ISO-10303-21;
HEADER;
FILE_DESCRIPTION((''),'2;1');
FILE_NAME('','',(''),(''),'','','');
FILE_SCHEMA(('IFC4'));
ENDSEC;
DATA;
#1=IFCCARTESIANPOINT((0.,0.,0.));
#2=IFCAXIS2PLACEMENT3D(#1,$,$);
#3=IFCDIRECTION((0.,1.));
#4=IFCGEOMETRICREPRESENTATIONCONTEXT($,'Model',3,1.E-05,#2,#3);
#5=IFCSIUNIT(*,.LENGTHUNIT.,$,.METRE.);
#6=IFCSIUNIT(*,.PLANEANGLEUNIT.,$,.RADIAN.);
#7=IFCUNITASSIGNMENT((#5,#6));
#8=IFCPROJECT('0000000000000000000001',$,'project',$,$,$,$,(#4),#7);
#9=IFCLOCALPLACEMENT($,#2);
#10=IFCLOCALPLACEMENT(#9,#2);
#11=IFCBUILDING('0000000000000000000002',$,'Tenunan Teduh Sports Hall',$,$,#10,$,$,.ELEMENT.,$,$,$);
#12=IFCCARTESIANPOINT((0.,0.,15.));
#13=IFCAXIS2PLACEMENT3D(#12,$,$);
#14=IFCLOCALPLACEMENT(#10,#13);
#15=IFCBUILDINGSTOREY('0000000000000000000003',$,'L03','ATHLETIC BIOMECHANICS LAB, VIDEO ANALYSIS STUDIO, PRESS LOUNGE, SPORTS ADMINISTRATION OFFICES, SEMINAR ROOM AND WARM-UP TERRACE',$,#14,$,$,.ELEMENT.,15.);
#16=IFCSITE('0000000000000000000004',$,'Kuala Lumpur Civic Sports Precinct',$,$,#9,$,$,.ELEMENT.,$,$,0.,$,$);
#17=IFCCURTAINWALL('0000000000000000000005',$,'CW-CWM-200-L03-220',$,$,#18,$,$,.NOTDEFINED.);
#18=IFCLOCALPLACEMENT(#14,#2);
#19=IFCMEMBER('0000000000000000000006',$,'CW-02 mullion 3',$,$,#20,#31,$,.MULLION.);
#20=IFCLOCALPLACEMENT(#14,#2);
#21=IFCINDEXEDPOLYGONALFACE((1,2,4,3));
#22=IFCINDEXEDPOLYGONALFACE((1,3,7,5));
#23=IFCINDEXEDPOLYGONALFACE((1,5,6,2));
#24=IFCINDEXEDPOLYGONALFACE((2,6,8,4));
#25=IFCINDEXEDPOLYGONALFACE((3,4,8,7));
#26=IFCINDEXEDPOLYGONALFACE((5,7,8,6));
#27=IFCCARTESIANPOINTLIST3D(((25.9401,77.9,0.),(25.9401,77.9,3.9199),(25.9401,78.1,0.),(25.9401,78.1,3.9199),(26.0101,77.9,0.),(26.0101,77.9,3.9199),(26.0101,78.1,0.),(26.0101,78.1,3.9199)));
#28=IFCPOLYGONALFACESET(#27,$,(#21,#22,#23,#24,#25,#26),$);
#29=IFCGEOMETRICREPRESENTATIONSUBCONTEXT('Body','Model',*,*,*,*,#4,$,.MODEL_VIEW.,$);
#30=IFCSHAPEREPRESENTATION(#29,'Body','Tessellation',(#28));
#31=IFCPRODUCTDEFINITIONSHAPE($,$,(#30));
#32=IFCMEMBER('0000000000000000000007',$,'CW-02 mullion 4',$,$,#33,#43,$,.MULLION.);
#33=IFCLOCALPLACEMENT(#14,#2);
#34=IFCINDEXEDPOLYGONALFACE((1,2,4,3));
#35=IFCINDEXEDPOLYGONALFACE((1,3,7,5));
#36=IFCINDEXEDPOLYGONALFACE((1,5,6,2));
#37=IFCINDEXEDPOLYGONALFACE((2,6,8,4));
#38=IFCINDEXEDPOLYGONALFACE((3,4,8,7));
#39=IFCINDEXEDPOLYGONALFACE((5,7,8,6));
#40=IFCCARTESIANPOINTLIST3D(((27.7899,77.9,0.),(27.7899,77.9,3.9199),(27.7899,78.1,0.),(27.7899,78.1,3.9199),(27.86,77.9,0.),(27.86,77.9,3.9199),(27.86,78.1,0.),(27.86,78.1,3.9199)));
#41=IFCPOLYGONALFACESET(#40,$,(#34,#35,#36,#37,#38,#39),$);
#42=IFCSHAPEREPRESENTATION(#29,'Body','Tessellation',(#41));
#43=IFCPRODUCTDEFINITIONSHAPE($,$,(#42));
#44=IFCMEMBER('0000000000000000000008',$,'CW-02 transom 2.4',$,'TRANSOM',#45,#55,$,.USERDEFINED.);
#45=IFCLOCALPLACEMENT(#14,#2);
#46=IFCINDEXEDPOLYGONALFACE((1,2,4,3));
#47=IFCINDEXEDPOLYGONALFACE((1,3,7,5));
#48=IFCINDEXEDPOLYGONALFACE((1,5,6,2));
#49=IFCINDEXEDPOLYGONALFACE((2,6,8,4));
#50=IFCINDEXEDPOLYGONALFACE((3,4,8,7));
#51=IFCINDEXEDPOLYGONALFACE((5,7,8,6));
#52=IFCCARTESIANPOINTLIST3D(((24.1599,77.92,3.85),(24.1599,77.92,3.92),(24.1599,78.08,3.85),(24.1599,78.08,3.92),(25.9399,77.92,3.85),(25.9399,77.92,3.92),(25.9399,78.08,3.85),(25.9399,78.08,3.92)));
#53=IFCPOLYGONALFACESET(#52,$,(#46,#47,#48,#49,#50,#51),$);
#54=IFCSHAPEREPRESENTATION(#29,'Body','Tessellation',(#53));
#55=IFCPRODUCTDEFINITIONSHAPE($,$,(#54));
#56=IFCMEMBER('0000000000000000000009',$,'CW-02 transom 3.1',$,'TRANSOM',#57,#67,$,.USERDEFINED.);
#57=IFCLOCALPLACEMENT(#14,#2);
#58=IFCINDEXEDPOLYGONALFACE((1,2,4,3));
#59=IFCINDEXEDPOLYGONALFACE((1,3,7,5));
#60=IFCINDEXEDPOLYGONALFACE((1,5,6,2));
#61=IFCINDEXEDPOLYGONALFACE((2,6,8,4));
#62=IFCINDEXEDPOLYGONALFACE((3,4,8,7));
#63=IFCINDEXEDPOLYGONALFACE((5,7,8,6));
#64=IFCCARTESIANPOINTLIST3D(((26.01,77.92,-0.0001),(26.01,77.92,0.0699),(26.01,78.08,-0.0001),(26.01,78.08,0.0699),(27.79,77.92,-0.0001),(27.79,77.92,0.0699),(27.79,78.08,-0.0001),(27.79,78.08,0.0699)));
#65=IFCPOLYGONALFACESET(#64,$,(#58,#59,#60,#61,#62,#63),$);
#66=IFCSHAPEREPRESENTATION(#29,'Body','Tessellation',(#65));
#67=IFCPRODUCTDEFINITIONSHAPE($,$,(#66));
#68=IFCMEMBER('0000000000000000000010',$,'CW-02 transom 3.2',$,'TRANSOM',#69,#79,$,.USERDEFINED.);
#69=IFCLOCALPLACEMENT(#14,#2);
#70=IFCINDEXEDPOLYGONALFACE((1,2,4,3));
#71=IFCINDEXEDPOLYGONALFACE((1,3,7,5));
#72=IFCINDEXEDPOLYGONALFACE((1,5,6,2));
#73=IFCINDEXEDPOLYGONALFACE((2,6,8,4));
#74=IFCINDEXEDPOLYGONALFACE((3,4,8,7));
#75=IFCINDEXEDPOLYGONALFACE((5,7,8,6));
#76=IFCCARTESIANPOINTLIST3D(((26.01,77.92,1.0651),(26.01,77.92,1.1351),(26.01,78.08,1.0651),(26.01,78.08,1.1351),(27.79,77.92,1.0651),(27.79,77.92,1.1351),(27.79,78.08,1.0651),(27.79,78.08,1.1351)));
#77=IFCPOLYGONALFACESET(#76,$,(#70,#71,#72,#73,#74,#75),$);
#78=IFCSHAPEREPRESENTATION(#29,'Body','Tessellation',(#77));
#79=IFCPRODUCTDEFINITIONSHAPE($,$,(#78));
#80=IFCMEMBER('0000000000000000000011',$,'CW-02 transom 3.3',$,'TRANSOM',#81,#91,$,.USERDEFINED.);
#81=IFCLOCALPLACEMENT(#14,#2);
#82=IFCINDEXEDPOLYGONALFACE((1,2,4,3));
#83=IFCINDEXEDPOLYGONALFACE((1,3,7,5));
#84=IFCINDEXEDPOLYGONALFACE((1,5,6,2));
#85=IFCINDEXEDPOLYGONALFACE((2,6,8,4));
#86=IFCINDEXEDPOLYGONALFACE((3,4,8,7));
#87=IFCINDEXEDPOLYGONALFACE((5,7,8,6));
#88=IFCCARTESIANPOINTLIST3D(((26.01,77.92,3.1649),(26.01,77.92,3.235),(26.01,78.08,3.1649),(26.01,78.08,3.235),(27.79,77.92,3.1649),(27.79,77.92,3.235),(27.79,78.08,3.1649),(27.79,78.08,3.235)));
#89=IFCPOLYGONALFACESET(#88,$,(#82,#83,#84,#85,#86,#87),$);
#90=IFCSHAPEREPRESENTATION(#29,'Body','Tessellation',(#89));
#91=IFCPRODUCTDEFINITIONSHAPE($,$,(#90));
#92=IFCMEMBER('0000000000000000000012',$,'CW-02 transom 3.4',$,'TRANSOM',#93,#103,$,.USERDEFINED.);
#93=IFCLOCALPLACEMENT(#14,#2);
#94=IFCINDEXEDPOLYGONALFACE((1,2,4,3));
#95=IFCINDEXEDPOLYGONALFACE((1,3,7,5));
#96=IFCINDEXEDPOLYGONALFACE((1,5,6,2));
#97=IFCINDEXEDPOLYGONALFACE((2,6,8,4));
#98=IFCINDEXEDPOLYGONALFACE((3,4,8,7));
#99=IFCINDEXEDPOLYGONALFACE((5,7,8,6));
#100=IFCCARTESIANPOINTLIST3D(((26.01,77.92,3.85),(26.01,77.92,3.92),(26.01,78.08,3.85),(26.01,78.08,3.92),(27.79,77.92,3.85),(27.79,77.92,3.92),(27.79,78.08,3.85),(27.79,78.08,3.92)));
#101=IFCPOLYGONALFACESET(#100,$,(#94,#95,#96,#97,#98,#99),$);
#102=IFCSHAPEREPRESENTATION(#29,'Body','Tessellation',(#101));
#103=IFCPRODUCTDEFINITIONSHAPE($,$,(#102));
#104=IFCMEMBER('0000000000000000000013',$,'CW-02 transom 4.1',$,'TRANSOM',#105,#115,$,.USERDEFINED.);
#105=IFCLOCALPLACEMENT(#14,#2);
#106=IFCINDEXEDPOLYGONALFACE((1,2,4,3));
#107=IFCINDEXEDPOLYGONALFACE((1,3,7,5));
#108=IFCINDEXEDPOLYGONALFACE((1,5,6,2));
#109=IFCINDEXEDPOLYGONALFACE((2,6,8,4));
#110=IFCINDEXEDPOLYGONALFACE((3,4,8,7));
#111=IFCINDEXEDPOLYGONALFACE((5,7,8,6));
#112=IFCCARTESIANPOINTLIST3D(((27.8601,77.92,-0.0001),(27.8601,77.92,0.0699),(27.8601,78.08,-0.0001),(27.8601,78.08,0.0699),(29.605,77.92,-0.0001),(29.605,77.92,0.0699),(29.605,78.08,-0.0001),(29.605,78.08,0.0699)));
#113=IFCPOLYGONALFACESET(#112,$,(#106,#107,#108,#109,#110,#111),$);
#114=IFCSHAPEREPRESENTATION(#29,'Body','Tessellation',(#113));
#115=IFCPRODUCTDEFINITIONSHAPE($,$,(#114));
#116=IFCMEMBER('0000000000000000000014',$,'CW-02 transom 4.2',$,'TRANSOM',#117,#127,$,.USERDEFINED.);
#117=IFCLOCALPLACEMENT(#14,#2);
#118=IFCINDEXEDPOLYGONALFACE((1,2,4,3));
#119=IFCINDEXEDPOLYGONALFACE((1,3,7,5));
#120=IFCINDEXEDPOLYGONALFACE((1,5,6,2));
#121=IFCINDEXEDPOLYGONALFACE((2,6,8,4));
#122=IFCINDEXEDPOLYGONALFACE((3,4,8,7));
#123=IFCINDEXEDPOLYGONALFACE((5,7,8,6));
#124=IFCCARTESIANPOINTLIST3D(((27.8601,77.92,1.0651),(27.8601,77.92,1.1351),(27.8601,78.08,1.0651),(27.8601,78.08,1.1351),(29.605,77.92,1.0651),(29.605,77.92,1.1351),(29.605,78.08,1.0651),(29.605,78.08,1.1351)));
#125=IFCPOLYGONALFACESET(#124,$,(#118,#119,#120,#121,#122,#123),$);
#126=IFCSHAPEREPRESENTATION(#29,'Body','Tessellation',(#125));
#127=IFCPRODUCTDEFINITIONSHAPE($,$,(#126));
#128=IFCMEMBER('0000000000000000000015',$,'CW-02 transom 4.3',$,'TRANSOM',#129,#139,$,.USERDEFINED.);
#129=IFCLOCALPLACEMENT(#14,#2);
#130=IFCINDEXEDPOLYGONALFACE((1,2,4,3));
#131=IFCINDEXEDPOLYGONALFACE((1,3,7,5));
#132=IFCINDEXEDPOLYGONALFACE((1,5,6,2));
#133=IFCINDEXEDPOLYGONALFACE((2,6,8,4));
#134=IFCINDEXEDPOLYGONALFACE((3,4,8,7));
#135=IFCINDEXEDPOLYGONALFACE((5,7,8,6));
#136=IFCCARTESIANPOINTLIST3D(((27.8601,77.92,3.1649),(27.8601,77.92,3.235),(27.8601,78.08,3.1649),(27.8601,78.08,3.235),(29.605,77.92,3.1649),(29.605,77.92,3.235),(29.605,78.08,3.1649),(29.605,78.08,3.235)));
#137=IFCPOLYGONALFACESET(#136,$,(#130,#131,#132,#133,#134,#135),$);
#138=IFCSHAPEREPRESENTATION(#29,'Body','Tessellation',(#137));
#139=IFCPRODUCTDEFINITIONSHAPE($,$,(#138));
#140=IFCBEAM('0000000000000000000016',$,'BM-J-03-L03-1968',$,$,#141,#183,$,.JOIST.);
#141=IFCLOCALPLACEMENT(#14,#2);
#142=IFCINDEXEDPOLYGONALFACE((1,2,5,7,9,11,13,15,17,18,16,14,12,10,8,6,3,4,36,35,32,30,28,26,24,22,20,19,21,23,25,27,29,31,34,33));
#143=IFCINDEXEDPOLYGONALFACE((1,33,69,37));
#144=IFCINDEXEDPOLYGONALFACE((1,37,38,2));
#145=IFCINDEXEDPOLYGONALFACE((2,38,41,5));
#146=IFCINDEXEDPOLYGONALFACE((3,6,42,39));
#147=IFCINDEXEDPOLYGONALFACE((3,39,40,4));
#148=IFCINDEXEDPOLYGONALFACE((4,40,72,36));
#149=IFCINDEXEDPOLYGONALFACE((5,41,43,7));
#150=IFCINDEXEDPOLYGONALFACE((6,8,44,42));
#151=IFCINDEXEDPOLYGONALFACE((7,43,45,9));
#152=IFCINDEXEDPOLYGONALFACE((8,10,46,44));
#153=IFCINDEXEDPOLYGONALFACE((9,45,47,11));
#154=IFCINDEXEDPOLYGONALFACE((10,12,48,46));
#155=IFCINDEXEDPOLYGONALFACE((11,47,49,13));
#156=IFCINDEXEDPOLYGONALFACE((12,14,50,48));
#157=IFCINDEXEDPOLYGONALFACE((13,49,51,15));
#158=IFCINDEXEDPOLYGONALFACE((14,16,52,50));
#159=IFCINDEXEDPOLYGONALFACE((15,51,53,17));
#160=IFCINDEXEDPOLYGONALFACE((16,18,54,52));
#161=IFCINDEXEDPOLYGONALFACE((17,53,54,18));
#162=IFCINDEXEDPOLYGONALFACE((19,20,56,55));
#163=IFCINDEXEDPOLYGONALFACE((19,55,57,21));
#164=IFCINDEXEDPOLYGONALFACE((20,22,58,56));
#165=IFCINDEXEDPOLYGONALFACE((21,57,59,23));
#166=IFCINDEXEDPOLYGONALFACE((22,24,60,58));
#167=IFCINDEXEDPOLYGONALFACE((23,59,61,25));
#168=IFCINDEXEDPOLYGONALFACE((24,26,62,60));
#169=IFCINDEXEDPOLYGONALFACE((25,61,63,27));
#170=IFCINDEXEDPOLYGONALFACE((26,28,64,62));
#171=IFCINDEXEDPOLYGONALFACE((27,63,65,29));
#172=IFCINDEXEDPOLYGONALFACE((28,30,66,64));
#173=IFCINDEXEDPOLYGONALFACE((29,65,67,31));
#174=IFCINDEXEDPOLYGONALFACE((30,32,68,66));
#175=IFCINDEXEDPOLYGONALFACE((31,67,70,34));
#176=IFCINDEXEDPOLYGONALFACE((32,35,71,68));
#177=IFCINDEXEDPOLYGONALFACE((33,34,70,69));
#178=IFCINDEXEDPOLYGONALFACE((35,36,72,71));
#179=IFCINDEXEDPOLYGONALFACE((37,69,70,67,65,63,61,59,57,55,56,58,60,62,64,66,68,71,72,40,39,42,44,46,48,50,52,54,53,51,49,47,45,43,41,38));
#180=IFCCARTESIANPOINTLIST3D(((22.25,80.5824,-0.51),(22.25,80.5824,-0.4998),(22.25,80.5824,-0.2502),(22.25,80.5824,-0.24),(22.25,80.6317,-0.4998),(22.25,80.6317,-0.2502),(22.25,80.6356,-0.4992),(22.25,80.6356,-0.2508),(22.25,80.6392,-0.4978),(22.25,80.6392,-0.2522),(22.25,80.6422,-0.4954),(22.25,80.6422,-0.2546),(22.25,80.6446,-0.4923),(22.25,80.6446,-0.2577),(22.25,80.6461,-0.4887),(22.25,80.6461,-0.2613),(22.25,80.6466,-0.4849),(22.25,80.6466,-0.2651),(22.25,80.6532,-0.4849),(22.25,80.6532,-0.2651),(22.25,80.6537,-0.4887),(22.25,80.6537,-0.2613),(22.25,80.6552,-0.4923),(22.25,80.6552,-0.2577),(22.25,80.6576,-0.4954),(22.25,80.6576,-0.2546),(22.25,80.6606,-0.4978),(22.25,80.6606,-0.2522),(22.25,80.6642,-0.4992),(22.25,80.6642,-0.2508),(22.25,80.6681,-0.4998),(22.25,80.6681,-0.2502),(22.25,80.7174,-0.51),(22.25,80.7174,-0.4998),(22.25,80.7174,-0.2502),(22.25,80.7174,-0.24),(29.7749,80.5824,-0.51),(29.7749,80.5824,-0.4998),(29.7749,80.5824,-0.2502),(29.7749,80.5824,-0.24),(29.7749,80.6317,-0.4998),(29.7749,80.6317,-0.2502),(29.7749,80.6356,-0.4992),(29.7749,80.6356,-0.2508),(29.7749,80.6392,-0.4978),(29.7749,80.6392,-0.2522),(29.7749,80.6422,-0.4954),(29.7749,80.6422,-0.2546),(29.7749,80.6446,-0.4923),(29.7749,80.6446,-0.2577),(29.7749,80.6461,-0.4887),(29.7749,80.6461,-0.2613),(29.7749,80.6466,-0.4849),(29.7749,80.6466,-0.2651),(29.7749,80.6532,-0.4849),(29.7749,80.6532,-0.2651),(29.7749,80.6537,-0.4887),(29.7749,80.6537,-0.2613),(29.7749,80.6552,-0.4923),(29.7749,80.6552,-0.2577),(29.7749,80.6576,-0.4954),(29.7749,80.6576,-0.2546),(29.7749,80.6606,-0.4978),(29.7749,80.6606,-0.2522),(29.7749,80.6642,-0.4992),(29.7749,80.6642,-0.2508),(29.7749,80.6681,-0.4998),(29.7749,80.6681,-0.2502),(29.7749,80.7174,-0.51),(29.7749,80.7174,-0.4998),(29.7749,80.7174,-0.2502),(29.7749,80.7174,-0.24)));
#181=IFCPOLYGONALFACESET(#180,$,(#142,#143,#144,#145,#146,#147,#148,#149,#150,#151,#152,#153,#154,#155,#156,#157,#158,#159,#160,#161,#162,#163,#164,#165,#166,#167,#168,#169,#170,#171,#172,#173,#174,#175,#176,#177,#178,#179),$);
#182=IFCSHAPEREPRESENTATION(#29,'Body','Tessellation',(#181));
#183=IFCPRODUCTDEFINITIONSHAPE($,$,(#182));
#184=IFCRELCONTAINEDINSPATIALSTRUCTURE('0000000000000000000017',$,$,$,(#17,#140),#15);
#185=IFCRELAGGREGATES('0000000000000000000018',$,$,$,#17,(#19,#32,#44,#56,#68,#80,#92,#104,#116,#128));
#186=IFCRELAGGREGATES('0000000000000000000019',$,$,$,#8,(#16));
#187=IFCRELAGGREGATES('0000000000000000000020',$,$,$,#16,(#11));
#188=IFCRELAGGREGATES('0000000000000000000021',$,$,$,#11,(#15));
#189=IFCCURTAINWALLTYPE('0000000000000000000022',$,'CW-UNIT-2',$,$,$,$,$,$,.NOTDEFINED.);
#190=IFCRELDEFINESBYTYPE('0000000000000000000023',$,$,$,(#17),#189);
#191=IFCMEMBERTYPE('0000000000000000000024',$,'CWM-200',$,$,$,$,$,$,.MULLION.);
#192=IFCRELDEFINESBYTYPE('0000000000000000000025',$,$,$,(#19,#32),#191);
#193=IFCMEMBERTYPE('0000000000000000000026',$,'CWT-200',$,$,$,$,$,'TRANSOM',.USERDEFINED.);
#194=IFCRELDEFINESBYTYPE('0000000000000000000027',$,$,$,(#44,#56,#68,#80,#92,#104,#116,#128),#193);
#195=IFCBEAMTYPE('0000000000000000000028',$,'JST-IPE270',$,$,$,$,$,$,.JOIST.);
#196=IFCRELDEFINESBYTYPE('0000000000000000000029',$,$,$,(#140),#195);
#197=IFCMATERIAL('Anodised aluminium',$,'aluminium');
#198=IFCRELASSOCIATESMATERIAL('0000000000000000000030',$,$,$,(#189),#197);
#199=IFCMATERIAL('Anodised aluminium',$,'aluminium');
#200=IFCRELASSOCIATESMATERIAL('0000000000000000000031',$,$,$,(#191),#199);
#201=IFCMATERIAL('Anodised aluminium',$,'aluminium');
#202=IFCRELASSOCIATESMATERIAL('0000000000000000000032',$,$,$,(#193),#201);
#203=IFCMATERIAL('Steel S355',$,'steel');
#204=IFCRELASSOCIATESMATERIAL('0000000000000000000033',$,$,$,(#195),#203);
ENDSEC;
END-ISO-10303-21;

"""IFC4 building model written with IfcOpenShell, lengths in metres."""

from ifc_helpers import new_model, si_unit, direction, frame, origin, origin_2d, place, context, subcontext, project, spatial, rectangle, i_section, extrude, material, material_profile, profile_set, type_object, element, aggregate, save


model = new_model("IFC4")

# Units and contexts
model_context = context("Model", 3, precision=1e-05, world=origin(), true_north=direction((0.0, 1.0)))
body_context = subcontext(model_context, "Body", "Model", "MODEL_VIEW")
ifc_project = project(units=[si_unit("LENGTHUNIT", "METRE"), si_unit("PLANEANGLEUNIT", "RADIAN")], contexts=[model_context])

# Site, building, storey
site_placement = place(None, origin())
site = spatial("IfcSite", under=ifc_project, at=site_placement, Name="Kuala Lumpur Civic Sports Precinct", CompositionType="ELEMENT", RefElevation=0.0)
building_placement = place(site_placement, origin())
building = spatial("IfcBuilding", under=site, at=building_placement, Name="Tenunan Teduh Sports Hall", CompositionType="ELEMENT")
storey_placement = place(building_placement, frame((0.0, 0.0, 15.0)))
storey = spatial("IfcBuildingStorey", under=building, at=storey_placement, Name="L03", Description="ATHLETIC BIOMECHANICS LAB, VIDEO ANALYSIS STUDIO, PRESS LOUNGE, SPORTS ADMINISTRATION OFFICES, SEMINAR ROOM AND WARM-UP TERRACE", CompositionType="ELEMENT", Elevation=15.0)

# Curtain wall, members
ifc_material_1 = material(Name="Anodised aluminium", Category="aluminium")
curtain_wall_type = type_object("IfcCurtainWallType", Name="CW-UNIT-2", PredefinedType="NOTDEFINED", material=ifc_material_1)
curtain_wall_placement = place(storey_placement, origin())
curtain_wall = element("IfcCurtainWall", 1, at=curtain_wall_placement, inside=storey, type_object=curtain_wall_type, Name="CW-CWM-200-L03-220", PredefinedType="NOTDEFINED")
ifc_material_2 = material(Name="Anodised aluminium", Category="aluminium")
ifc_material_profile_1 = material_profile(ifc_material_2, rectangle(XDim=0.0701, YDim=0.2, at=origin_2d()), Name="CWM 70x200")
ifc_profile_set_1 = profile_set([ifc_material_profile_1], Name="Anodised aluminium")
member_type_1 = type_object("IfcMemberType", Name="CWM-200", PredefinedType="MULLION", material=ifc_profile_set_1)
member_1_placement = place(storey_placement, frame((25.9751, 78.0, 0.0), z_axis=(0.0, 0.0, 1.0), x_axis=(1.0, 0.0, 0.0)))
member_1 = element("IfcMember", 2, at=member_1_placement, type_object=member_type_1, Name="CW-02 mullion 3", PredefinedType="MULLION", context=body_context, shape_type="SweptSolid", body=[
    extrude(rectangle(XDim=0.0701, YDim=0.2, at=origin_2d()), origin(), (0.0, 0.0, 1.0), 3.9199),
])
member_2_placement = place(storey_placement, frame((27.825, 78.0, 0.0), z_axis=(0.0, 0.0, 1.0), x_axis=(1.0, 0.0, 0.0)))
member_2 = element("IfcMember", 3, at=member_2_placement, type_object=member_type_1, Name="CW-02 mullion 4", PredefinedType="MULLION", context=body_context, shape_type="SweptSolid", body=[
    extrude(rectangle(XDim=0.0701, YDim=0.2, at=origin_2d()), origin(), (0.0, 0.0, 1.0), 3.9199),
])
ifc_material_3 = material(Name="Anodised aluminium", Category="aluminium")
ifc_material_profile_2 = material_profile(ifc_material_3, rectangle(XDim=0.0701, YDim=0.1599, at=origin_2d()), Name="CWT 70x160")
ifc_profile_set_2 = profile_set([ifc_material_profile_2], Name="Anodised aluminium")
member_type_2 = type_object("IfcMemberType", Name="CWT-200", ElementType="TRANSOM", PredefinedType="USERDEFINED", material=ifc_profile_set_2)
member_3_placement = place(storey_placement, frame((24.1599, 78.0, 3.885), z_axis=(1.0, 0.0, 0.0), x_axis=(0.0, 0.0, 1.0)))
member_3 = element("IfcMember", 4, at=member_3_placement, type_object=member_type_2, Name="CW-02 transom 2.4", ObjectType="TRANSOM", PredefinedType="USERDEFINED", context=body_context, shape_type="SweptSolid", body=[
    extrude(rectangle(XDim=0.0701, YDim=0.1599, at=origin_2d()), origin(), (0.0, 0.0, 1.0), 1.78),
])
member_4_placement = place(storey_placement, frame((26.01, 78.0, 0.0349), z_axis=(1.0, 0.0, 0.0), x_axis=(0.0, 0.0, 1.0)))
member_4 = element("IfcMember", 5, at=member_4_placement, type_object=member_type_2, Name="CW-02 transom 3.1", ObjectType="TRANSOM", PredefinedType="USERDEFINED", context=body_context, shape_type="SweptSolid", body=[
    extrude(rectangle(XDim=0.0701, YDim=0.1599, at=origin_2d()), origin(), (0.0, 0.0, 1.0), 1.78),
])
member_5_placement = place(storey_placement, frame((26.01, 78.0, 1.1001), z_axis=(1.0, 0.0, 0.0), x_axis=(0.0, 0.0, 1.0)))
member_5 = element("IfcMember", 6, at=member_5_placement, type_object=member_type_2, Name="CW-02 transom 3.2", ObjectType="TRANSOM", PredefinedType="USERDEFINED", context=body_context, shape_type="SweptSolid", body=[
    extrude(rectangle(XDim=0.0701, YDim=0.1599, at=origin_2d()), origin(), (0.0, 0.0, 1.0), 1.78),
])
member_6_placement = place(storey_placement, frame((26.01, 78.0, 3.2), z_axis=(1.0, 0.0, 0.0), x_axis=(0.0, 0.0, 1.0)))
member_6 = element("IfcMember", 7, at=member_6_placement, type_object=member_type_2, Name="CW-02 transom 3.3", ObjectType="TRANSOM", PredefinedType="USERDEFINED", context=body_context, shape_type="SweptSolid", body=[
    extrude(rectangle(XDim=0.0701, YDim=0.1599, at=origin_2d()), origin(), (0.0, 0.0, 1.0), 1.78),
])
member_7_placement = place(storey_placement, frame((26.01, 78.0, 3.885), z_axis=(1.0, 0.0, 0.0), x_axis=(0.0, 0.0, 1.0)))
member_7 = element("IfcMember", 8, at=member_7_placement, type_object=member_type_2, Name="CW-02 transom 3.4", ObjectType="TRANSOM", PredefinedType="USERDEFINED", context=body_context, shape_type="SweptSolid", body=[
    extrude(rectangle(XDim=0.0701, YDim=0.1599, at=origin_2d()), origin(), (0.0, 0.0, 1.0), 1.78),
])
member_8_placement = place(storey_placement, frame((27.8601, 78.0, 0.0349), z_axis=(1.0, 0.0, 0.0), x_axis=(0.0, 0.0, 1.0)))
member_8 = element("IfcMember", 9, at=member_8_placement, type_object=member_type_2, Name="CW-02 transom 4.1", ObjectType="TRANSOM", PredefinedType="USERDEFINED", context=body_context, shape_type="SweptSolid", body=[
    extrude(rectangle(XDim=0.0701, YDim=0.1599, at=origin_2d()), origin(), (0.0, 0.0, 1.0), 1.7449),
])
member_9_placement = place(storey_placement, frame((27.8601, 78.0, 1.1001), z_axis=(1.0, 0.0, 0.0), x_axis=(0.0, 0.0, 1.0)))
member_9 = element("IfcMember", 10, at=member_9_placement, type_object=member_type_2, Name="CW-02 transom 4.2", ObjectType="TRANSOM", PredefinedType="USERDEFINED", context=body_context, shape_type="SweptSolid", body=[
    extrude(rectangle(XDim=0.0701, YDim=0.1599, at=origin_2d()), origin(), (0.0, 0.0, 1.0), 1.7449),
])
member_10_placement = place(storey_placement, frame((27.8601, 78.0, 3.2), z_axis=(1.0, 0.0, 0.0), x_axis=(0.0, 0.0, 1.0)))
member_10 = element("IfcMember", 11, at=member_10_placement, type_object=member_type_2, Name="CW-02 transom 4.3", ObjectType="TRANSOM", PredefinedType="USERDEFINED", context=body_context, shape_type="SweptSolid", body=[
    extrude(rectangle(XDim=0.0701, YDim=0.1599, at=origin_2d()), origin(), (0.0, 0.0, 1.0), 1.7449),
])

# Beam
ifc_material_4 = material(Name="Steel S355", Category="steel")
ifc_material_profile_3 = material_profile(ifc_material_4, i_section(OverallWidth=0.135, OverallDepth=0.27, WebThickness=0.0066, FlangeThickness=0.0103, FilletRadius=0.0149, at=origin_2d()), Name="IPE 270")
ifc_profile_set_3 = profile_set([ifc_material_profile_3], Name="Steel S355")
beam_type_1 = type_object("IfcBeamType", Name="JST-IPE270", PredefinedType="JOIST", material=ifc_profile_set_3)
beam_1_placement = place(storey_placement, frame((22.25, 80.6499, -0.375), z_axis=(1.0, 0.0, 0.0), x_axis=(0.0, 1.0, 0.0)))
element("IfcBeam", 12, at=beam_1_placement, inside=storey, type_object=beam_type_1, Name="BM-J-03-L03-1968", PredefinedType="JOIST", context=body_context, shape_type="SweptSolid", body=[
    extrude(i_section(OverallWidth=0.135, OverallDepth=0.27, WebThickness=0.0066, FlangeThickness=0.0103, FilletRadius=0.0149, at=origin_2d()), origin(), (0.0, 0.0, 1.0), 7.5249),
])

aggregate(curtain_wall, [member_1, member_2, member_3, member_4, member_5, member_6, member_7, member_8, member_9, member_10])

save(model, "model.ifc")
